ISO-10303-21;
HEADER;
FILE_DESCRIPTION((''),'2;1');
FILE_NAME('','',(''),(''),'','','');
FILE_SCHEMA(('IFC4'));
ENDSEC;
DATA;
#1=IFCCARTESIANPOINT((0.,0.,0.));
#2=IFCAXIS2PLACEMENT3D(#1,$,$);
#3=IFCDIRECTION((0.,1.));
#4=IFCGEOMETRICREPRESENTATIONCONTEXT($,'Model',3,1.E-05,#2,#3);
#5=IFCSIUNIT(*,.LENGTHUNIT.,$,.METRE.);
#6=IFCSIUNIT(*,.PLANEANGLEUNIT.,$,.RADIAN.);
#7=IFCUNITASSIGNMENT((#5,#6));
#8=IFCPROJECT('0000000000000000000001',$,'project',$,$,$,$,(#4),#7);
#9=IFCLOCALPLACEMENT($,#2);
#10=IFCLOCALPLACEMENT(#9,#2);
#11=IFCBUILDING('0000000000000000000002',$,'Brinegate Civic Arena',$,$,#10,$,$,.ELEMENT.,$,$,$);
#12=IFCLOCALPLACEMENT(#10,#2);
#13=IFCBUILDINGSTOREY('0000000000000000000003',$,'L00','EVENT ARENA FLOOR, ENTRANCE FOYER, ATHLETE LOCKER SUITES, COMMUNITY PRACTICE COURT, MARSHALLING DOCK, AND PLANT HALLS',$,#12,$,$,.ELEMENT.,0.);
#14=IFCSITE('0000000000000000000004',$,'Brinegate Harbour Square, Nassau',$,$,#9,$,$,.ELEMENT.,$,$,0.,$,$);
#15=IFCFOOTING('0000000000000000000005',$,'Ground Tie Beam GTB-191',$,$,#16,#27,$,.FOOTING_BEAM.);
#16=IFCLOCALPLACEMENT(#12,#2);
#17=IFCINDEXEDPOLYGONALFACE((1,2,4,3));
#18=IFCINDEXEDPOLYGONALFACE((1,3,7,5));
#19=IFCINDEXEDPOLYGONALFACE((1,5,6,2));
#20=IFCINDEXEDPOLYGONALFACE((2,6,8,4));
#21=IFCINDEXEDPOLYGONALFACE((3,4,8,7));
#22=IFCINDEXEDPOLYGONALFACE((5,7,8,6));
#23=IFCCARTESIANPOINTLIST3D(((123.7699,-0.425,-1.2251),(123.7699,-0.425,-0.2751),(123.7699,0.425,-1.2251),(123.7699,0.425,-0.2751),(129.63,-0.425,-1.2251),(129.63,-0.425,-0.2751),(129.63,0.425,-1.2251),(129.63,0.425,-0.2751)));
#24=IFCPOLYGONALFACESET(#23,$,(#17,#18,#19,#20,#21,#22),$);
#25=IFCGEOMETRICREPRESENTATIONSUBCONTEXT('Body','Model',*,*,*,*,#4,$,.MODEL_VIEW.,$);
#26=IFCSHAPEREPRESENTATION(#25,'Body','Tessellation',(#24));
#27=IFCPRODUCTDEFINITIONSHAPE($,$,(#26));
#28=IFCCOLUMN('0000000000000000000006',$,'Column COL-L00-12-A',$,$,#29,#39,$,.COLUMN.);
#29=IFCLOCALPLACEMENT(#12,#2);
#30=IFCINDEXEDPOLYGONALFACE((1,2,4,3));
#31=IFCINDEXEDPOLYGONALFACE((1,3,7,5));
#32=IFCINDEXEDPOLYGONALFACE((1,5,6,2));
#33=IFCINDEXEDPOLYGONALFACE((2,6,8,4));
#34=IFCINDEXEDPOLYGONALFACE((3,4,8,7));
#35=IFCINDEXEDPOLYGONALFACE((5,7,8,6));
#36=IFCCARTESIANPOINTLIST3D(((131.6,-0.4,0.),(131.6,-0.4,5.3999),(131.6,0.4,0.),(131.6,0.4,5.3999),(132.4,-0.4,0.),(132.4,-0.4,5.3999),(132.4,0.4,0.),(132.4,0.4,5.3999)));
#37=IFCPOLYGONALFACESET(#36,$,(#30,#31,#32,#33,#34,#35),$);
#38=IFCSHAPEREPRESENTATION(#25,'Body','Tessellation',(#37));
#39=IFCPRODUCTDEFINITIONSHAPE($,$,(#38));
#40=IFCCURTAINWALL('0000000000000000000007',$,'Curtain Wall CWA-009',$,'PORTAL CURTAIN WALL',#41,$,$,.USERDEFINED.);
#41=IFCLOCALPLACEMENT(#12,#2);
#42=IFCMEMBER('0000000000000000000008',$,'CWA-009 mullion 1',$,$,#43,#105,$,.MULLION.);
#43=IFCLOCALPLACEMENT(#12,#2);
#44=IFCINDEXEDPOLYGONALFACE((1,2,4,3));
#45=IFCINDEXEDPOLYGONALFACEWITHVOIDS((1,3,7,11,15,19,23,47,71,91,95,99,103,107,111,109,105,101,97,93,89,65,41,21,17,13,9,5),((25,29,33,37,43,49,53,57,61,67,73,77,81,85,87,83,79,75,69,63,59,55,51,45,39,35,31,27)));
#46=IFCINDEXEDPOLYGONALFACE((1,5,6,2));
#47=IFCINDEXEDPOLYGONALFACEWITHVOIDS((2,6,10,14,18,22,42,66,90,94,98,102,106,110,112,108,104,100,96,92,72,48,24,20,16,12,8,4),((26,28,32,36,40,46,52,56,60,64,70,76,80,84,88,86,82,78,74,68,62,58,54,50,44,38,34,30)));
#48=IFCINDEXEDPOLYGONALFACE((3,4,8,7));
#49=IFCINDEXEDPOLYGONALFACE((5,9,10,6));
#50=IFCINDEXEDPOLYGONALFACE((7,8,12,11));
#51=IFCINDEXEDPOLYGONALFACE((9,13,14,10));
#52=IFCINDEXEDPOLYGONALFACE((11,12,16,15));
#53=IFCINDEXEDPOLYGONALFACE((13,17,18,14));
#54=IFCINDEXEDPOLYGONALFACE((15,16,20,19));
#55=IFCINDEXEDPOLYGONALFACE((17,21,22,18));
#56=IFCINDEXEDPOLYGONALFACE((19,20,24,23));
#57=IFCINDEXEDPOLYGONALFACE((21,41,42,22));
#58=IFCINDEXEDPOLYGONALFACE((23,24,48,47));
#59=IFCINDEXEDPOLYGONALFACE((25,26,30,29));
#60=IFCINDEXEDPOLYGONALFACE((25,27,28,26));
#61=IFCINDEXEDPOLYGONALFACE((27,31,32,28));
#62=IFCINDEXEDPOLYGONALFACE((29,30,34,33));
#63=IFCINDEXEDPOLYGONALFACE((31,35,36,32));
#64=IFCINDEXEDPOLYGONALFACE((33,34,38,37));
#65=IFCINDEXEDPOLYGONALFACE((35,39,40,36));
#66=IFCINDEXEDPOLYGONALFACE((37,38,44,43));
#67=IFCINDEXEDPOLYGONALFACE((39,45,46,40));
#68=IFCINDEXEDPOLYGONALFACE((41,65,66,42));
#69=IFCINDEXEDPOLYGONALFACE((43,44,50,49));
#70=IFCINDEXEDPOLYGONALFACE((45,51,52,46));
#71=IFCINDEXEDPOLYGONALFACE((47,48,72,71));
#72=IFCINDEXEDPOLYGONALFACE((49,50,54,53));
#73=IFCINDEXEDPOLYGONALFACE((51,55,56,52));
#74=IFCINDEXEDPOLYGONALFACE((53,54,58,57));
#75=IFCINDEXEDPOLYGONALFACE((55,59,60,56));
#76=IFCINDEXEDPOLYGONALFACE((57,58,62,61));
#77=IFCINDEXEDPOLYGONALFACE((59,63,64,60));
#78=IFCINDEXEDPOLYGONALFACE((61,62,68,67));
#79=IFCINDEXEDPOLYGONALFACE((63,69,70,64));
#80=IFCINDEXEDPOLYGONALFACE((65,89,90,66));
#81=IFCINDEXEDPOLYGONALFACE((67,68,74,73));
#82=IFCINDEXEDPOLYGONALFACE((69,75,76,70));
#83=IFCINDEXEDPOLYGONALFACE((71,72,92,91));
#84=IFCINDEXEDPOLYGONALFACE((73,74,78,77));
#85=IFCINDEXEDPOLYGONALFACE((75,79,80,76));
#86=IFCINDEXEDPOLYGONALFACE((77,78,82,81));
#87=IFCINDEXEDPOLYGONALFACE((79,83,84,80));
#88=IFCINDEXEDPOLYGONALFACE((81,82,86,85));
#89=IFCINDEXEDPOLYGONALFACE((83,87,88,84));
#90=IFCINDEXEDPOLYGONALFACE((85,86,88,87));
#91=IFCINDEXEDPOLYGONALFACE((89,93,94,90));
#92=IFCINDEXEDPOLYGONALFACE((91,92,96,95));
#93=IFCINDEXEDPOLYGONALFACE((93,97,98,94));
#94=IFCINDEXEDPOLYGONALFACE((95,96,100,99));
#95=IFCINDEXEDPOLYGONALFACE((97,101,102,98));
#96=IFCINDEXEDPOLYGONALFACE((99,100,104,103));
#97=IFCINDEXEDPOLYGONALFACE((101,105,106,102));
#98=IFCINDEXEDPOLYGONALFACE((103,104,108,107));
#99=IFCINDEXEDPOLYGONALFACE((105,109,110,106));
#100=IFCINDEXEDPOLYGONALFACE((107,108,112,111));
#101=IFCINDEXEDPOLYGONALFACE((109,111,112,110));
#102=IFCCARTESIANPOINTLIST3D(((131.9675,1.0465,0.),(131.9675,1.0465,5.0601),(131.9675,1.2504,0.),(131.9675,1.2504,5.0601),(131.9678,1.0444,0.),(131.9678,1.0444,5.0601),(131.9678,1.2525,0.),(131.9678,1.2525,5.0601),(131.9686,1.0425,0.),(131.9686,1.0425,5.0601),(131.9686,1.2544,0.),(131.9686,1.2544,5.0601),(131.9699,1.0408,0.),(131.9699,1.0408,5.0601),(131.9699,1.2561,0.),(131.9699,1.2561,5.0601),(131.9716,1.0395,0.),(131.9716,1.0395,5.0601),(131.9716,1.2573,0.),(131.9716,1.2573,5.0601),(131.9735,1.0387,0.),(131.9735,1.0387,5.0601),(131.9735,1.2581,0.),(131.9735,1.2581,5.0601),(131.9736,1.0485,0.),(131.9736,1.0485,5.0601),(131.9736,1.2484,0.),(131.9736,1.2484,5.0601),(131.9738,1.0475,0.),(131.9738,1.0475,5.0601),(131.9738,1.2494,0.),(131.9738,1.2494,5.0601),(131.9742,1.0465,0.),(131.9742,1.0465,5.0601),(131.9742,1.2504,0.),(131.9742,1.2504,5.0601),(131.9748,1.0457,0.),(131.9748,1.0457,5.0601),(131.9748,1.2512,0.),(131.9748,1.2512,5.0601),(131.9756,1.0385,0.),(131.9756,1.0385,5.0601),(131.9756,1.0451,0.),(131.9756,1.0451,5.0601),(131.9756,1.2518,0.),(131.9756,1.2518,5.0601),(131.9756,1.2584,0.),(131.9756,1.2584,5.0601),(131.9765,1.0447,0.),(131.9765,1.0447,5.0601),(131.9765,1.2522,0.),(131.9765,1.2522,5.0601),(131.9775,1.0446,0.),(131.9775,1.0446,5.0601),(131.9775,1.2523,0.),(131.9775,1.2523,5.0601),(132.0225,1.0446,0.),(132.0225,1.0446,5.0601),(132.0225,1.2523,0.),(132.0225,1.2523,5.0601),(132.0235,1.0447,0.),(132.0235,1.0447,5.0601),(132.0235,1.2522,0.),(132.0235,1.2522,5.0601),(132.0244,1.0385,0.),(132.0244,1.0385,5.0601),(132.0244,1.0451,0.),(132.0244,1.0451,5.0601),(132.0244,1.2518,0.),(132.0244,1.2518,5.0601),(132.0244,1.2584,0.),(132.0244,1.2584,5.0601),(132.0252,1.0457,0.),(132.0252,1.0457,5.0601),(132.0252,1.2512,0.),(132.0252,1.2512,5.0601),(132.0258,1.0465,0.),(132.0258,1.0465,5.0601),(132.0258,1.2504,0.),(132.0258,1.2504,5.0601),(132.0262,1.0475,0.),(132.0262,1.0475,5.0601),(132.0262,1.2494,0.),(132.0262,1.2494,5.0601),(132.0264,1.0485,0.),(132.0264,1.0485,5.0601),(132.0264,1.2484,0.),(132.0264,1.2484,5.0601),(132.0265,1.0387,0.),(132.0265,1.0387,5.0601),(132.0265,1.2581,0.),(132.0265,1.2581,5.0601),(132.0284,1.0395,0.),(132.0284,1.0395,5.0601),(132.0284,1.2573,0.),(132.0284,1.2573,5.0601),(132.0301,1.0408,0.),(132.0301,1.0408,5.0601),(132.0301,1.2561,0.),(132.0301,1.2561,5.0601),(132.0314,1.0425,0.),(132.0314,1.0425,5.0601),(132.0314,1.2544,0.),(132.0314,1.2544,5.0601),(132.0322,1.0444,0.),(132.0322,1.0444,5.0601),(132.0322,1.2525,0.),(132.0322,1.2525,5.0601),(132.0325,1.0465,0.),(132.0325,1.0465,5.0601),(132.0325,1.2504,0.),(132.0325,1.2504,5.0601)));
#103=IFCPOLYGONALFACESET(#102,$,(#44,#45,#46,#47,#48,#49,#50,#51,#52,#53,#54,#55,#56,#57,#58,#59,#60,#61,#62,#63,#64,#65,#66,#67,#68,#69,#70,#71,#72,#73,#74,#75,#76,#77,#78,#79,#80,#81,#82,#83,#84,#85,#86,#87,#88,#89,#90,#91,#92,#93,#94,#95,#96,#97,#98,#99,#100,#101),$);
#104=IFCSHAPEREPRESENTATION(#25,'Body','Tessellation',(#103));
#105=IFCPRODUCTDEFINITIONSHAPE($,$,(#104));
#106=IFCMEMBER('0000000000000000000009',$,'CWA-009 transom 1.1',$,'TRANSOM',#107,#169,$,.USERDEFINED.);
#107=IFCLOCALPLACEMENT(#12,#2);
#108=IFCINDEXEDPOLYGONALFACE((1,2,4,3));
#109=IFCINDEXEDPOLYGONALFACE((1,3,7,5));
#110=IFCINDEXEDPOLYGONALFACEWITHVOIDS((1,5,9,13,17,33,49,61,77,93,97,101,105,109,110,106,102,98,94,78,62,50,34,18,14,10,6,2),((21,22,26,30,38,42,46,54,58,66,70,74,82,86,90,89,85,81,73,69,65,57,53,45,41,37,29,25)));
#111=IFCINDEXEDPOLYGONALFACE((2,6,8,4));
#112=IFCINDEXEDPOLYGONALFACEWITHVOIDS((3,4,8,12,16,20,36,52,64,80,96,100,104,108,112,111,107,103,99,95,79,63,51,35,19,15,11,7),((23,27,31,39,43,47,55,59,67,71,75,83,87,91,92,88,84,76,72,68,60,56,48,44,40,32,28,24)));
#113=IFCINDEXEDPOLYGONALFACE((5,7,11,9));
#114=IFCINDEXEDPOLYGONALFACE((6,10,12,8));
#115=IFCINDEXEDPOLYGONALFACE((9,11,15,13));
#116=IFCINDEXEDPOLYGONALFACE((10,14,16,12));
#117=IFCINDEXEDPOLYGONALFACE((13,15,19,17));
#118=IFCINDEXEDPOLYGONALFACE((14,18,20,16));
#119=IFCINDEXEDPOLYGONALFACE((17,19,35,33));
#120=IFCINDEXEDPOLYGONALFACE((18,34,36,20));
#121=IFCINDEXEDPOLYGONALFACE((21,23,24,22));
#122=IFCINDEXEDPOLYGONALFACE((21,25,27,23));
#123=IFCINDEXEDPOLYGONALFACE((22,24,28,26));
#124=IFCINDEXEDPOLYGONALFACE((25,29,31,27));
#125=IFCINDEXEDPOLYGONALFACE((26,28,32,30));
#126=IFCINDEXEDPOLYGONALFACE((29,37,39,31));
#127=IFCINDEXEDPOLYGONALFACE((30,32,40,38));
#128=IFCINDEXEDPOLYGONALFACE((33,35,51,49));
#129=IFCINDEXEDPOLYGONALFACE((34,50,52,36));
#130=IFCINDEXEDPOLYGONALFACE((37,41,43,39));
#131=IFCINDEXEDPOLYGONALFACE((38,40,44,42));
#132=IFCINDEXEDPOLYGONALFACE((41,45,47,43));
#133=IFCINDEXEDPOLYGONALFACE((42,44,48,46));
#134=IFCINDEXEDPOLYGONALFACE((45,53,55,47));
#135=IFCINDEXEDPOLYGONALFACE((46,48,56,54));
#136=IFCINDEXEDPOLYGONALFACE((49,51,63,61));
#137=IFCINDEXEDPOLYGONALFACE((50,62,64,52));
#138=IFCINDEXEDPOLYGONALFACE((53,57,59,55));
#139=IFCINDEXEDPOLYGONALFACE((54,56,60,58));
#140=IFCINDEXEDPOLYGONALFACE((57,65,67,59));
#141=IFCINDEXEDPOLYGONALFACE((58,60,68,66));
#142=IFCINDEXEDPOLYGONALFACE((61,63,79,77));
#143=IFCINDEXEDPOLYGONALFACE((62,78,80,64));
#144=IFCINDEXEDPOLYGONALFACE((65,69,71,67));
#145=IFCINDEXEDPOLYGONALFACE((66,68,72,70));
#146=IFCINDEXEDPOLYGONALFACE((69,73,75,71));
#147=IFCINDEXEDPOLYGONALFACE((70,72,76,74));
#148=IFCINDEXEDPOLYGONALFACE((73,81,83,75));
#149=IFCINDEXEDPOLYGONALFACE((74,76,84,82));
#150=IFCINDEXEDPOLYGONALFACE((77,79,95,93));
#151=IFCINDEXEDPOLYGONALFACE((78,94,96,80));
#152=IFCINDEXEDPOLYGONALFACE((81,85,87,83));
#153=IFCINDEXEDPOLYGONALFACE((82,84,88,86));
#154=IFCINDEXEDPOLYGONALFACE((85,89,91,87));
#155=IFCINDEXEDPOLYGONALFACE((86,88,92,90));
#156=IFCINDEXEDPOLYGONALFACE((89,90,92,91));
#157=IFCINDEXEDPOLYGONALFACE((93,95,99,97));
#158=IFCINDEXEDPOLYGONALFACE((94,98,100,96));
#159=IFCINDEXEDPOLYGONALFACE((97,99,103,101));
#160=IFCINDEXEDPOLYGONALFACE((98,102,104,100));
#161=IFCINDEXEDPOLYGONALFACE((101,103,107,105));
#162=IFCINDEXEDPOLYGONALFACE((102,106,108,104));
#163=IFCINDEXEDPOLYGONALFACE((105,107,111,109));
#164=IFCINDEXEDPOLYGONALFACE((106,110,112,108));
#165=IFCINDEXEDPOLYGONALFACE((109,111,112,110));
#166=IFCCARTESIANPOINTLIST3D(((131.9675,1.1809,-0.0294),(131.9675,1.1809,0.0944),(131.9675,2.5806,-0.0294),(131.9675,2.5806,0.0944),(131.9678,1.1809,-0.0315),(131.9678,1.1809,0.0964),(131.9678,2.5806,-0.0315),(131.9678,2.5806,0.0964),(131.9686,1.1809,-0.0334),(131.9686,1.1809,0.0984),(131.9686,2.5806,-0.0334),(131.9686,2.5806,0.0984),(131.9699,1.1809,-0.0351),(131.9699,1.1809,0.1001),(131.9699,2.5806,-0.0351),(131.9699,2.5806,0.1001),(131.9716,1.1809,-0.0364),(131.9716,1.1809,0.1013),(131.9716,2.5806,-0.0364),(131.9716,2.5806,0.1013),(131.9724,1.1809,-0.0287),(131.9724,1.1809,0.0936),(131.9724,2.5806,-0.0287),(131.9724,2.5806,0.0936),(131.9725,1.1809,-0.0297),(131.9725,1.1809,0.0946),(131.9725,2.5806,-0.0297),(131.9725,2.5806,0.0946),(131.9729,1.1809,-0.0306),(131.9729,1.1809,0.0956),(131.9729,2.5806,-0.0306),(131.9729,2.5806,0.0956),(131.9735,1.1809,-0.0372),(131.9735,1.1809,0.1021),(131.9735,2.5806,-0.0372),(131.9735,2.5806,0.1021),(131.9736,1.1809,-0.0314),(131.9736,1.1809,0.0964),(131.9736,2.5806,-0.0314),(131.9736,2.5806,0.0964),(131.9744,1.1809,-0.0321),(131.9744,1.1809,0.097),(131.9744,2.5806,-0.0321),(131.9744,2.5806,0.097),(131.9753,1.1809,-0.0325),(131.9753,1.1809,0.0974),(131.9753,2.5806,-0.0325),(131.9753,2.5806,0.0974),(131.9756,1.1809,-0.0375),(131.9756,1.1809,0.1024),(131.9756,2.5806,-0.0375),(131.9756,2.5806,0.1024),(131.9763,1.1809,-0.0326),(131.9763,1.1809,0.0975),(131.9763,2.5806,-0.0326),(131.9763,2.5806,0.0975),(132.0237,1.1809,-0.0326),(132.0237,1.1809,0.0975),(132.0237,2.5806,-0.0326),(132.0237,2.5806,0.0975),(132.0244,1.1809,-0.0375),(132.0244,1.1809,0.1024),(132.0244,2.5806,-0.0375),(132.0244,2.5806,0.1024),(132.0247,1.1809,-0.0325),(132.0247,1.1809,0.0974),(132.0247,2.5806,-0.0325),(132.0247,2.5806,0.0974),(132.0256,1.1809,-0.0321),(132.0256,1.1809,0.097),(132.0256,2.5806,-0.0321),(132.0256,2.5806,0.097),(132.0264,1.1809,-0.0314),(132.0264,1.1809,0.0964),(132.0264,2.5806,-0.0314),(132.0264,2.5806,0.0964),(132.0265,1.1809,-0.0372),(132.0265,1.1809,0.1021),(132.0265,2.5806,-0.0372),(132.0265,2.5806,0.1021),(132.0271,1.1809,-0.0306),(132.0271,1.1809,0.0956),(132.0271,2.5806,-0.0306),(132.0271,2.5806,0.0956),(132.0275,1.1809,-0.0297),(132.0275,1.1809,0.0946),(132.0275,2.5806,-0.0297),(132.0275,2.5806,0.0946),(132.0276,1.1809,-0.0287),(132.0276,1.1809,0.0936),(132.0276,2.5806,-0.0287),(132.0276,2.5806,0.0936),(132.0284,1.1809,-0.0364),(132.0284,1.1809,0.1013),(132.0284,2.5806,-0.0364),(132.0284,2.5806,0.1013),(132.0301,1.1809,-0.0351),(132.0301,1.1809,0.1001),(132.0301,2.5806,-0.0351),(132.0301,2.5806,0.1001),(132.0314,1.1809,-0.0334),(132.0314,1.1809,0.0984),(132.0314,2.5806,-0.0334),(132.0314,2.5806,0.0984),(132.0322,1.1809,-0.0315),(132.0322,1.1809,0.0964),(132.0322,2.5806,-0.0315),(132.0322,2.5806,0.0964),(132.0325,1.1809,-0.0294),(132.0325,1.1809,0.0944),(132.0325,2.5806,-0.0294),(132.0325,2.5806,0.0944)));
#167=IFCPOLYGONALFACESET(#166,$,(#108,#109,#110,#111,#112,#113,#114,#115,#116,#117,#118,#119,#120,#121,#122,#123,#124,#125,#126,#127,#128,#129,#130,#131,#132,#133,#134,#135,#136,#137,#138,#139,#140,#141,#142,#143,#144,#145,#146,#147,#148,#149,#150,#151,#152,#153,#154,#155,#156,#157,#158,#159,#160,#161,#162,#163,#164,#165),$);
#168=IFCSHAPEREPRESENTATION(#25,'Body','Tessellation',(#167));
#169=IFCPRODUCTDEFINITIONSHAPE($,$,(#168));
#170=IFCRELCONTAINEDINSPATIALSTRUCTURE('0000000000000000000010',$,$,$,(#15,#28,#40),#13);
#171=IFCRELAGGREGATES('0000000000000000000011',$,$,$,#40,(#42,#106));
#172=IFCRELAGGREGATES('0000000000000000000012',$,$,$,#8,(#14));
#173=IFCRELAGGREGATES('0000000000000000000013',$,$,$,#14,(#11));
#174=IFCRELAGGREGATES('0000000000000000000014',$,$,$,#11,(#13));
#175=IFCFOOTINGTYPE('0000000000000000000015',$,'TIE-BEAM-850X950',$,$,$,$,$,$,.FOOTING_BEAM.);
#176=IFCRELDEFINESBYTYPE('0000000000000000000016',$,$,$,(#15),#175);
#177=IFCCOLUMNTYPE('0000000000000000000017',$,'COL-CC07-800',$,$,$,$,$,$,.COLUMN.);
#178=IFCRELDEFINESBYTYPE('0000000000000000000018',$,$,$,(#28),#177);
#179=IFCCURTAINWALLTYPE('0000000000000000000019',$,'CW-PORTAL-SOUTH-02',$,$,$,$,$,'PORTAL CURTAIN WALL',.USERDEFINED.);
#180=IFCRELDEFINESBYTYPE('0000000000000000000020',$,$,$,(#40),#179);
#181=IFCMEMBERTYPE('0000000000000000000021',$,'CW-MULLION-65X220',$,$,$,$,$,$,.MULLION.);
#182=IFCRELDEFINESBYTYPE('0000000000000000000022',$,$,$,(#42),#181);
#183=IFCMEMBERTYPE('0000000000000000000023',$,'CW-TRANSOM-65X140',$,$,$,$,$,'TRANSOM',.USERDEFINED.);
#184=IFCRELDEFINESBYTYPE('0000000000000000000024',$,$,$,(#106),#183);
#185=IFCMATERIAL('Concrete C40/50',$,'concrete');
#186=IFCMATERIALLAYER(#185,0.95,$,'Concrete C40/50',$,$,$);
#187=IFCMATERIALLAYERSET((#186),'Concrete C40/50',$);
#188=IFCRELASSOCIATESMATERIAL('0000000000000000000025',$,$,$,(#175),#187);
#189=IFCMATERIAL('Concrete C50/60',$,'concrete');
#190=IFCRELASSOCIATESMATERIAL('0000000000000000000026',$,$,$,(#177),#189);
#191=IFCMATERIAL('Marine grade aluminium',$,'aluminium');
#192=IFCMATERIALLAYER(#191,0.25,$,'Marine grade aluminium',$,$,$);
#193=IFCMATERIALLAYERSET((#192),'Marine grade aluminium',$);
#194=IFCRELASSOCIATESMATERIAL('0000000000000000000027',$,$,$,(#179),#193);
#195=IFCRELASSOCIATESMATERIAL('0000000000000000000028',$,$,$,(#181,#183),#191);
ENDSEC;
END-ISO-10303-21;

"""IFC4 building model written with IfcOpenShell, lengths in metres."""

from ifc_helpers import new_model, si_unit, direction, frame, origin, origin_2d, place, context, subcontext, project, spatial, rectangle, hollow_rectangle, extrude, material, layer, layer_set, material_profile, profile_set, type_object, element, aggregate, save


model = new_model("IFC4")

# Units and contexts
model_context = context("Model", 3, precision=1e-05, world=origin(), true_north=direction((0.0, 1.0)))
body_context = subcontext(model_context, "Body", "Model", "MODEL_VIEW")
ifc_project = project(units=[si_unit("LENGTHUNIT", "METRE"), si_unit("PLANEANGLEUNIT", "RADIAN")], contexts=[model_context])

# Site, building, storey
site_placement = place(None, origin())
site = spatial("IfcSite", under=ifc_project, at=site_placement, Name="Brinegate Harbour Square, Nassau", CompositionType="ELEMENT", RefElevation=0.0)
building_placement = place(site_placement, origin())
building = spatial("IfcBuilding", under=site, at=building_placement, Name="Brinegate Civic Arena", CompositionType="ELEMENT")
storey_placement = place(building_placement, origin())
storey = spatial("IfcBuildingStorey", under=building, at=storey_placement, Name="L00", Description="EVENT ARENA FLOOR, ENTRANCE FOYER, ATHLETE LOCKER SUITES, COMMUNITY PRACTICE COURT, MARSHALLING DOCK, AND PLANT HALLS", CompositionType="ELEMENT", Elevation=0.0)

# Shared definitions
ifc_material_1 = material(Name="Concrete C40/50", Category="concrete")

# Footing
ifc_layer_1 = layer(ifc_material_1, 0.95, Name="Concrete C40/50")
ifc_layer_set_1 = layer_set([ifc_layer_1], Name="Concrete C40/50")
footing_type_1 = type_object("IfcFootingType", Name="TIE-BEAM-850X950", PredefinedType="FOOTING_BEAM", material=ifc_layer_set_1)
footing_1_placement = place(storey_placement, frame((126.7, 0.0, -1.2251), z_axis=(0.0, 0.0, 1.0), x_axis=(1.0, 0.0, 0.0)))
element("IfcFooting", 1, at=footing_1_placement, inside=storey, type_object=footing_type_1, Name="Ground Tie Beam GTB-191", PredefinedType="FOOTING_BEAM", context=body_context, shape_type="SweptSolid", body=[
    extrude(rectangle(XDim=5.8601, YDim=0.8501, at=origin_2d()), origin(), (0.0, 0.0, 1.0), 0.95),
])

# Column
ifc_material_2 = material(Name="Concrete C50/60", Category="concrete")
ifc_material_profile_1 = material_profile(ifc_material_2, rectangle(XDim=0.8, YDim=0.8, at=origin_2d()), Name="RC800X800")
ifc_profile_set_1 = profile_set([ifc_material_profile_1], Name="Concrete C50/60")
column_type = type_object("IfcColumnType", Name="COL-CC07-800", PredefinedType="COLUMN", material=ifc_profile_set_1)
column_placement = place(storey_placement, frame((132.0, 0.0, 0.0), z_axis=(0.0, 0.0, 1.0), x_axis=(1.0, 0.0, 0.0)))
element("IfcColumn", 2, at=column_placement, inside=storey, type_object=column_type, Name="Column COL-L00-12-A", PredefinedType="COLUMN", context=body_context, shape_type="SweptSolid", body=[
    extrude(rectangle(XDim=0.8, YDim=0.8, at=origin_2d()), origin(), (0.0, 0.0, 1.0), 5.3999),
])

# Curtain wall, members
ifc_material_3 = material(Name="Marine grade aluminium", Category="aluminium")
ifc_layer_2 = layer(ifc_material_3, 0.25, Name="Marine grade aluminium")
ifc_layer_set_2 = layer_set([ifc_layer_2], Name="Marine grade aluminium")
curtain_wall_type = type_object("IfcCurtainWallType", Name="CW-PORTAL-SOUTH-02", ElementType="PORTAL CURTAIN WALL", PredefinedType="USERDEFINED", material=ifc_layer_set_2)
curtain_wall_placement = place(storey_placement, origin())
curtain_wall = element("IfcCurtainWall", 3, at=curtain_wall_placement, inside=storey, type_object=curtain_wall_type, Name="Curtain Wall CWA-009", ObjectType="PORTAL CURTAIN WALL", PredefinedType="USERDEFINED")
ifc_material_profile_2 = material_profile(ifc_material_3, hollow_rectangle(XDim=0.0649, YDim=0.22, WallThickness=0.0061, InnerFilletRadius=0.0039, OuterFilletRadius=0.0081, at=origin_2d()), Name="MUL65X220")
ifc_profile_set_2 = profile_set([ifc_material_profile_2], Name="Marine grade aluminium")
member_type_1 = type_object("IfcMemberType", Name="CW-MULLION-65X220", PredefinedType="MULLION", material=ifc_profile_set_2)
member_1_placement = place(storey_placement, frame((132.0, 1.1484, 0.0), z_axis=(0.0, 0.0, 1.0), x_axis=(-1.0, 0.0, 0.0)))
member_1 = element("IfcMember", 4, at=member_1_placement, type_object=member_type_1, Name="CWA-009 mullion 1", PredefinedType="MULLION", context=body_context, shape_type="SweptSolid", body=[
    extrude(hollow_rectangle(XDim=0.0649, YDim=0.22, WallThickness=0.0061, InnerFilletRadius=0.0039, OuterFilletRadius=0.0081, at=origin_2d()), origin(), (0.0, 0.0, 1.0), 5.0601),
])
ifc_material_profile_3 = material_profile(ifc_material_3, hollow_rectangle(XDim=0.0649, YDim=0.1399, WallThickness=0.0049, InnerFilletRadius=0.0039, OuterFilletRadius=0.0081, at=origin_2d()), Name="TRN65X140")
ifc_profile_set_3 = profile_set([ifc_material_profile_3], Name="Marine grade aluminium")
member_type_2 = type_object("IfcMemberType", Name="CW-TRANSOM-65X140", ElementType="TRANSOM", PredefinedType="USERDEFINED", material=ifc_profile_set_3)
member_2_placement = place(storey_placement, frame((132.0, 1.1809, 0.0325), z_axis=(0.0, 1.0, 0.0), x_axis=(-1.0, 0.0, 0.0)))
member_2 = element("IfcMember", 5, at=member_2_placement, type_object=member_type_2, Name="CWA-009 transom 1.1", ObjectType="TRANSOM", PredefinedType="USERDEFINED", context=body_context, shape_type="SweptSolid", body=[
    extrude(hollow_rectangle(XDim=0.0649, YDim=0.1399, WallThickness=0.0049, InnerFilletRadius=0.0039, OuterFilletRadius=0.0081, at=origin_2d()), origin(), (0.0, 0.0, 1.0), 1.3997),
])
aggregate(curtain_wall, [member_1, member_2])

save(model, "model.ifc")
